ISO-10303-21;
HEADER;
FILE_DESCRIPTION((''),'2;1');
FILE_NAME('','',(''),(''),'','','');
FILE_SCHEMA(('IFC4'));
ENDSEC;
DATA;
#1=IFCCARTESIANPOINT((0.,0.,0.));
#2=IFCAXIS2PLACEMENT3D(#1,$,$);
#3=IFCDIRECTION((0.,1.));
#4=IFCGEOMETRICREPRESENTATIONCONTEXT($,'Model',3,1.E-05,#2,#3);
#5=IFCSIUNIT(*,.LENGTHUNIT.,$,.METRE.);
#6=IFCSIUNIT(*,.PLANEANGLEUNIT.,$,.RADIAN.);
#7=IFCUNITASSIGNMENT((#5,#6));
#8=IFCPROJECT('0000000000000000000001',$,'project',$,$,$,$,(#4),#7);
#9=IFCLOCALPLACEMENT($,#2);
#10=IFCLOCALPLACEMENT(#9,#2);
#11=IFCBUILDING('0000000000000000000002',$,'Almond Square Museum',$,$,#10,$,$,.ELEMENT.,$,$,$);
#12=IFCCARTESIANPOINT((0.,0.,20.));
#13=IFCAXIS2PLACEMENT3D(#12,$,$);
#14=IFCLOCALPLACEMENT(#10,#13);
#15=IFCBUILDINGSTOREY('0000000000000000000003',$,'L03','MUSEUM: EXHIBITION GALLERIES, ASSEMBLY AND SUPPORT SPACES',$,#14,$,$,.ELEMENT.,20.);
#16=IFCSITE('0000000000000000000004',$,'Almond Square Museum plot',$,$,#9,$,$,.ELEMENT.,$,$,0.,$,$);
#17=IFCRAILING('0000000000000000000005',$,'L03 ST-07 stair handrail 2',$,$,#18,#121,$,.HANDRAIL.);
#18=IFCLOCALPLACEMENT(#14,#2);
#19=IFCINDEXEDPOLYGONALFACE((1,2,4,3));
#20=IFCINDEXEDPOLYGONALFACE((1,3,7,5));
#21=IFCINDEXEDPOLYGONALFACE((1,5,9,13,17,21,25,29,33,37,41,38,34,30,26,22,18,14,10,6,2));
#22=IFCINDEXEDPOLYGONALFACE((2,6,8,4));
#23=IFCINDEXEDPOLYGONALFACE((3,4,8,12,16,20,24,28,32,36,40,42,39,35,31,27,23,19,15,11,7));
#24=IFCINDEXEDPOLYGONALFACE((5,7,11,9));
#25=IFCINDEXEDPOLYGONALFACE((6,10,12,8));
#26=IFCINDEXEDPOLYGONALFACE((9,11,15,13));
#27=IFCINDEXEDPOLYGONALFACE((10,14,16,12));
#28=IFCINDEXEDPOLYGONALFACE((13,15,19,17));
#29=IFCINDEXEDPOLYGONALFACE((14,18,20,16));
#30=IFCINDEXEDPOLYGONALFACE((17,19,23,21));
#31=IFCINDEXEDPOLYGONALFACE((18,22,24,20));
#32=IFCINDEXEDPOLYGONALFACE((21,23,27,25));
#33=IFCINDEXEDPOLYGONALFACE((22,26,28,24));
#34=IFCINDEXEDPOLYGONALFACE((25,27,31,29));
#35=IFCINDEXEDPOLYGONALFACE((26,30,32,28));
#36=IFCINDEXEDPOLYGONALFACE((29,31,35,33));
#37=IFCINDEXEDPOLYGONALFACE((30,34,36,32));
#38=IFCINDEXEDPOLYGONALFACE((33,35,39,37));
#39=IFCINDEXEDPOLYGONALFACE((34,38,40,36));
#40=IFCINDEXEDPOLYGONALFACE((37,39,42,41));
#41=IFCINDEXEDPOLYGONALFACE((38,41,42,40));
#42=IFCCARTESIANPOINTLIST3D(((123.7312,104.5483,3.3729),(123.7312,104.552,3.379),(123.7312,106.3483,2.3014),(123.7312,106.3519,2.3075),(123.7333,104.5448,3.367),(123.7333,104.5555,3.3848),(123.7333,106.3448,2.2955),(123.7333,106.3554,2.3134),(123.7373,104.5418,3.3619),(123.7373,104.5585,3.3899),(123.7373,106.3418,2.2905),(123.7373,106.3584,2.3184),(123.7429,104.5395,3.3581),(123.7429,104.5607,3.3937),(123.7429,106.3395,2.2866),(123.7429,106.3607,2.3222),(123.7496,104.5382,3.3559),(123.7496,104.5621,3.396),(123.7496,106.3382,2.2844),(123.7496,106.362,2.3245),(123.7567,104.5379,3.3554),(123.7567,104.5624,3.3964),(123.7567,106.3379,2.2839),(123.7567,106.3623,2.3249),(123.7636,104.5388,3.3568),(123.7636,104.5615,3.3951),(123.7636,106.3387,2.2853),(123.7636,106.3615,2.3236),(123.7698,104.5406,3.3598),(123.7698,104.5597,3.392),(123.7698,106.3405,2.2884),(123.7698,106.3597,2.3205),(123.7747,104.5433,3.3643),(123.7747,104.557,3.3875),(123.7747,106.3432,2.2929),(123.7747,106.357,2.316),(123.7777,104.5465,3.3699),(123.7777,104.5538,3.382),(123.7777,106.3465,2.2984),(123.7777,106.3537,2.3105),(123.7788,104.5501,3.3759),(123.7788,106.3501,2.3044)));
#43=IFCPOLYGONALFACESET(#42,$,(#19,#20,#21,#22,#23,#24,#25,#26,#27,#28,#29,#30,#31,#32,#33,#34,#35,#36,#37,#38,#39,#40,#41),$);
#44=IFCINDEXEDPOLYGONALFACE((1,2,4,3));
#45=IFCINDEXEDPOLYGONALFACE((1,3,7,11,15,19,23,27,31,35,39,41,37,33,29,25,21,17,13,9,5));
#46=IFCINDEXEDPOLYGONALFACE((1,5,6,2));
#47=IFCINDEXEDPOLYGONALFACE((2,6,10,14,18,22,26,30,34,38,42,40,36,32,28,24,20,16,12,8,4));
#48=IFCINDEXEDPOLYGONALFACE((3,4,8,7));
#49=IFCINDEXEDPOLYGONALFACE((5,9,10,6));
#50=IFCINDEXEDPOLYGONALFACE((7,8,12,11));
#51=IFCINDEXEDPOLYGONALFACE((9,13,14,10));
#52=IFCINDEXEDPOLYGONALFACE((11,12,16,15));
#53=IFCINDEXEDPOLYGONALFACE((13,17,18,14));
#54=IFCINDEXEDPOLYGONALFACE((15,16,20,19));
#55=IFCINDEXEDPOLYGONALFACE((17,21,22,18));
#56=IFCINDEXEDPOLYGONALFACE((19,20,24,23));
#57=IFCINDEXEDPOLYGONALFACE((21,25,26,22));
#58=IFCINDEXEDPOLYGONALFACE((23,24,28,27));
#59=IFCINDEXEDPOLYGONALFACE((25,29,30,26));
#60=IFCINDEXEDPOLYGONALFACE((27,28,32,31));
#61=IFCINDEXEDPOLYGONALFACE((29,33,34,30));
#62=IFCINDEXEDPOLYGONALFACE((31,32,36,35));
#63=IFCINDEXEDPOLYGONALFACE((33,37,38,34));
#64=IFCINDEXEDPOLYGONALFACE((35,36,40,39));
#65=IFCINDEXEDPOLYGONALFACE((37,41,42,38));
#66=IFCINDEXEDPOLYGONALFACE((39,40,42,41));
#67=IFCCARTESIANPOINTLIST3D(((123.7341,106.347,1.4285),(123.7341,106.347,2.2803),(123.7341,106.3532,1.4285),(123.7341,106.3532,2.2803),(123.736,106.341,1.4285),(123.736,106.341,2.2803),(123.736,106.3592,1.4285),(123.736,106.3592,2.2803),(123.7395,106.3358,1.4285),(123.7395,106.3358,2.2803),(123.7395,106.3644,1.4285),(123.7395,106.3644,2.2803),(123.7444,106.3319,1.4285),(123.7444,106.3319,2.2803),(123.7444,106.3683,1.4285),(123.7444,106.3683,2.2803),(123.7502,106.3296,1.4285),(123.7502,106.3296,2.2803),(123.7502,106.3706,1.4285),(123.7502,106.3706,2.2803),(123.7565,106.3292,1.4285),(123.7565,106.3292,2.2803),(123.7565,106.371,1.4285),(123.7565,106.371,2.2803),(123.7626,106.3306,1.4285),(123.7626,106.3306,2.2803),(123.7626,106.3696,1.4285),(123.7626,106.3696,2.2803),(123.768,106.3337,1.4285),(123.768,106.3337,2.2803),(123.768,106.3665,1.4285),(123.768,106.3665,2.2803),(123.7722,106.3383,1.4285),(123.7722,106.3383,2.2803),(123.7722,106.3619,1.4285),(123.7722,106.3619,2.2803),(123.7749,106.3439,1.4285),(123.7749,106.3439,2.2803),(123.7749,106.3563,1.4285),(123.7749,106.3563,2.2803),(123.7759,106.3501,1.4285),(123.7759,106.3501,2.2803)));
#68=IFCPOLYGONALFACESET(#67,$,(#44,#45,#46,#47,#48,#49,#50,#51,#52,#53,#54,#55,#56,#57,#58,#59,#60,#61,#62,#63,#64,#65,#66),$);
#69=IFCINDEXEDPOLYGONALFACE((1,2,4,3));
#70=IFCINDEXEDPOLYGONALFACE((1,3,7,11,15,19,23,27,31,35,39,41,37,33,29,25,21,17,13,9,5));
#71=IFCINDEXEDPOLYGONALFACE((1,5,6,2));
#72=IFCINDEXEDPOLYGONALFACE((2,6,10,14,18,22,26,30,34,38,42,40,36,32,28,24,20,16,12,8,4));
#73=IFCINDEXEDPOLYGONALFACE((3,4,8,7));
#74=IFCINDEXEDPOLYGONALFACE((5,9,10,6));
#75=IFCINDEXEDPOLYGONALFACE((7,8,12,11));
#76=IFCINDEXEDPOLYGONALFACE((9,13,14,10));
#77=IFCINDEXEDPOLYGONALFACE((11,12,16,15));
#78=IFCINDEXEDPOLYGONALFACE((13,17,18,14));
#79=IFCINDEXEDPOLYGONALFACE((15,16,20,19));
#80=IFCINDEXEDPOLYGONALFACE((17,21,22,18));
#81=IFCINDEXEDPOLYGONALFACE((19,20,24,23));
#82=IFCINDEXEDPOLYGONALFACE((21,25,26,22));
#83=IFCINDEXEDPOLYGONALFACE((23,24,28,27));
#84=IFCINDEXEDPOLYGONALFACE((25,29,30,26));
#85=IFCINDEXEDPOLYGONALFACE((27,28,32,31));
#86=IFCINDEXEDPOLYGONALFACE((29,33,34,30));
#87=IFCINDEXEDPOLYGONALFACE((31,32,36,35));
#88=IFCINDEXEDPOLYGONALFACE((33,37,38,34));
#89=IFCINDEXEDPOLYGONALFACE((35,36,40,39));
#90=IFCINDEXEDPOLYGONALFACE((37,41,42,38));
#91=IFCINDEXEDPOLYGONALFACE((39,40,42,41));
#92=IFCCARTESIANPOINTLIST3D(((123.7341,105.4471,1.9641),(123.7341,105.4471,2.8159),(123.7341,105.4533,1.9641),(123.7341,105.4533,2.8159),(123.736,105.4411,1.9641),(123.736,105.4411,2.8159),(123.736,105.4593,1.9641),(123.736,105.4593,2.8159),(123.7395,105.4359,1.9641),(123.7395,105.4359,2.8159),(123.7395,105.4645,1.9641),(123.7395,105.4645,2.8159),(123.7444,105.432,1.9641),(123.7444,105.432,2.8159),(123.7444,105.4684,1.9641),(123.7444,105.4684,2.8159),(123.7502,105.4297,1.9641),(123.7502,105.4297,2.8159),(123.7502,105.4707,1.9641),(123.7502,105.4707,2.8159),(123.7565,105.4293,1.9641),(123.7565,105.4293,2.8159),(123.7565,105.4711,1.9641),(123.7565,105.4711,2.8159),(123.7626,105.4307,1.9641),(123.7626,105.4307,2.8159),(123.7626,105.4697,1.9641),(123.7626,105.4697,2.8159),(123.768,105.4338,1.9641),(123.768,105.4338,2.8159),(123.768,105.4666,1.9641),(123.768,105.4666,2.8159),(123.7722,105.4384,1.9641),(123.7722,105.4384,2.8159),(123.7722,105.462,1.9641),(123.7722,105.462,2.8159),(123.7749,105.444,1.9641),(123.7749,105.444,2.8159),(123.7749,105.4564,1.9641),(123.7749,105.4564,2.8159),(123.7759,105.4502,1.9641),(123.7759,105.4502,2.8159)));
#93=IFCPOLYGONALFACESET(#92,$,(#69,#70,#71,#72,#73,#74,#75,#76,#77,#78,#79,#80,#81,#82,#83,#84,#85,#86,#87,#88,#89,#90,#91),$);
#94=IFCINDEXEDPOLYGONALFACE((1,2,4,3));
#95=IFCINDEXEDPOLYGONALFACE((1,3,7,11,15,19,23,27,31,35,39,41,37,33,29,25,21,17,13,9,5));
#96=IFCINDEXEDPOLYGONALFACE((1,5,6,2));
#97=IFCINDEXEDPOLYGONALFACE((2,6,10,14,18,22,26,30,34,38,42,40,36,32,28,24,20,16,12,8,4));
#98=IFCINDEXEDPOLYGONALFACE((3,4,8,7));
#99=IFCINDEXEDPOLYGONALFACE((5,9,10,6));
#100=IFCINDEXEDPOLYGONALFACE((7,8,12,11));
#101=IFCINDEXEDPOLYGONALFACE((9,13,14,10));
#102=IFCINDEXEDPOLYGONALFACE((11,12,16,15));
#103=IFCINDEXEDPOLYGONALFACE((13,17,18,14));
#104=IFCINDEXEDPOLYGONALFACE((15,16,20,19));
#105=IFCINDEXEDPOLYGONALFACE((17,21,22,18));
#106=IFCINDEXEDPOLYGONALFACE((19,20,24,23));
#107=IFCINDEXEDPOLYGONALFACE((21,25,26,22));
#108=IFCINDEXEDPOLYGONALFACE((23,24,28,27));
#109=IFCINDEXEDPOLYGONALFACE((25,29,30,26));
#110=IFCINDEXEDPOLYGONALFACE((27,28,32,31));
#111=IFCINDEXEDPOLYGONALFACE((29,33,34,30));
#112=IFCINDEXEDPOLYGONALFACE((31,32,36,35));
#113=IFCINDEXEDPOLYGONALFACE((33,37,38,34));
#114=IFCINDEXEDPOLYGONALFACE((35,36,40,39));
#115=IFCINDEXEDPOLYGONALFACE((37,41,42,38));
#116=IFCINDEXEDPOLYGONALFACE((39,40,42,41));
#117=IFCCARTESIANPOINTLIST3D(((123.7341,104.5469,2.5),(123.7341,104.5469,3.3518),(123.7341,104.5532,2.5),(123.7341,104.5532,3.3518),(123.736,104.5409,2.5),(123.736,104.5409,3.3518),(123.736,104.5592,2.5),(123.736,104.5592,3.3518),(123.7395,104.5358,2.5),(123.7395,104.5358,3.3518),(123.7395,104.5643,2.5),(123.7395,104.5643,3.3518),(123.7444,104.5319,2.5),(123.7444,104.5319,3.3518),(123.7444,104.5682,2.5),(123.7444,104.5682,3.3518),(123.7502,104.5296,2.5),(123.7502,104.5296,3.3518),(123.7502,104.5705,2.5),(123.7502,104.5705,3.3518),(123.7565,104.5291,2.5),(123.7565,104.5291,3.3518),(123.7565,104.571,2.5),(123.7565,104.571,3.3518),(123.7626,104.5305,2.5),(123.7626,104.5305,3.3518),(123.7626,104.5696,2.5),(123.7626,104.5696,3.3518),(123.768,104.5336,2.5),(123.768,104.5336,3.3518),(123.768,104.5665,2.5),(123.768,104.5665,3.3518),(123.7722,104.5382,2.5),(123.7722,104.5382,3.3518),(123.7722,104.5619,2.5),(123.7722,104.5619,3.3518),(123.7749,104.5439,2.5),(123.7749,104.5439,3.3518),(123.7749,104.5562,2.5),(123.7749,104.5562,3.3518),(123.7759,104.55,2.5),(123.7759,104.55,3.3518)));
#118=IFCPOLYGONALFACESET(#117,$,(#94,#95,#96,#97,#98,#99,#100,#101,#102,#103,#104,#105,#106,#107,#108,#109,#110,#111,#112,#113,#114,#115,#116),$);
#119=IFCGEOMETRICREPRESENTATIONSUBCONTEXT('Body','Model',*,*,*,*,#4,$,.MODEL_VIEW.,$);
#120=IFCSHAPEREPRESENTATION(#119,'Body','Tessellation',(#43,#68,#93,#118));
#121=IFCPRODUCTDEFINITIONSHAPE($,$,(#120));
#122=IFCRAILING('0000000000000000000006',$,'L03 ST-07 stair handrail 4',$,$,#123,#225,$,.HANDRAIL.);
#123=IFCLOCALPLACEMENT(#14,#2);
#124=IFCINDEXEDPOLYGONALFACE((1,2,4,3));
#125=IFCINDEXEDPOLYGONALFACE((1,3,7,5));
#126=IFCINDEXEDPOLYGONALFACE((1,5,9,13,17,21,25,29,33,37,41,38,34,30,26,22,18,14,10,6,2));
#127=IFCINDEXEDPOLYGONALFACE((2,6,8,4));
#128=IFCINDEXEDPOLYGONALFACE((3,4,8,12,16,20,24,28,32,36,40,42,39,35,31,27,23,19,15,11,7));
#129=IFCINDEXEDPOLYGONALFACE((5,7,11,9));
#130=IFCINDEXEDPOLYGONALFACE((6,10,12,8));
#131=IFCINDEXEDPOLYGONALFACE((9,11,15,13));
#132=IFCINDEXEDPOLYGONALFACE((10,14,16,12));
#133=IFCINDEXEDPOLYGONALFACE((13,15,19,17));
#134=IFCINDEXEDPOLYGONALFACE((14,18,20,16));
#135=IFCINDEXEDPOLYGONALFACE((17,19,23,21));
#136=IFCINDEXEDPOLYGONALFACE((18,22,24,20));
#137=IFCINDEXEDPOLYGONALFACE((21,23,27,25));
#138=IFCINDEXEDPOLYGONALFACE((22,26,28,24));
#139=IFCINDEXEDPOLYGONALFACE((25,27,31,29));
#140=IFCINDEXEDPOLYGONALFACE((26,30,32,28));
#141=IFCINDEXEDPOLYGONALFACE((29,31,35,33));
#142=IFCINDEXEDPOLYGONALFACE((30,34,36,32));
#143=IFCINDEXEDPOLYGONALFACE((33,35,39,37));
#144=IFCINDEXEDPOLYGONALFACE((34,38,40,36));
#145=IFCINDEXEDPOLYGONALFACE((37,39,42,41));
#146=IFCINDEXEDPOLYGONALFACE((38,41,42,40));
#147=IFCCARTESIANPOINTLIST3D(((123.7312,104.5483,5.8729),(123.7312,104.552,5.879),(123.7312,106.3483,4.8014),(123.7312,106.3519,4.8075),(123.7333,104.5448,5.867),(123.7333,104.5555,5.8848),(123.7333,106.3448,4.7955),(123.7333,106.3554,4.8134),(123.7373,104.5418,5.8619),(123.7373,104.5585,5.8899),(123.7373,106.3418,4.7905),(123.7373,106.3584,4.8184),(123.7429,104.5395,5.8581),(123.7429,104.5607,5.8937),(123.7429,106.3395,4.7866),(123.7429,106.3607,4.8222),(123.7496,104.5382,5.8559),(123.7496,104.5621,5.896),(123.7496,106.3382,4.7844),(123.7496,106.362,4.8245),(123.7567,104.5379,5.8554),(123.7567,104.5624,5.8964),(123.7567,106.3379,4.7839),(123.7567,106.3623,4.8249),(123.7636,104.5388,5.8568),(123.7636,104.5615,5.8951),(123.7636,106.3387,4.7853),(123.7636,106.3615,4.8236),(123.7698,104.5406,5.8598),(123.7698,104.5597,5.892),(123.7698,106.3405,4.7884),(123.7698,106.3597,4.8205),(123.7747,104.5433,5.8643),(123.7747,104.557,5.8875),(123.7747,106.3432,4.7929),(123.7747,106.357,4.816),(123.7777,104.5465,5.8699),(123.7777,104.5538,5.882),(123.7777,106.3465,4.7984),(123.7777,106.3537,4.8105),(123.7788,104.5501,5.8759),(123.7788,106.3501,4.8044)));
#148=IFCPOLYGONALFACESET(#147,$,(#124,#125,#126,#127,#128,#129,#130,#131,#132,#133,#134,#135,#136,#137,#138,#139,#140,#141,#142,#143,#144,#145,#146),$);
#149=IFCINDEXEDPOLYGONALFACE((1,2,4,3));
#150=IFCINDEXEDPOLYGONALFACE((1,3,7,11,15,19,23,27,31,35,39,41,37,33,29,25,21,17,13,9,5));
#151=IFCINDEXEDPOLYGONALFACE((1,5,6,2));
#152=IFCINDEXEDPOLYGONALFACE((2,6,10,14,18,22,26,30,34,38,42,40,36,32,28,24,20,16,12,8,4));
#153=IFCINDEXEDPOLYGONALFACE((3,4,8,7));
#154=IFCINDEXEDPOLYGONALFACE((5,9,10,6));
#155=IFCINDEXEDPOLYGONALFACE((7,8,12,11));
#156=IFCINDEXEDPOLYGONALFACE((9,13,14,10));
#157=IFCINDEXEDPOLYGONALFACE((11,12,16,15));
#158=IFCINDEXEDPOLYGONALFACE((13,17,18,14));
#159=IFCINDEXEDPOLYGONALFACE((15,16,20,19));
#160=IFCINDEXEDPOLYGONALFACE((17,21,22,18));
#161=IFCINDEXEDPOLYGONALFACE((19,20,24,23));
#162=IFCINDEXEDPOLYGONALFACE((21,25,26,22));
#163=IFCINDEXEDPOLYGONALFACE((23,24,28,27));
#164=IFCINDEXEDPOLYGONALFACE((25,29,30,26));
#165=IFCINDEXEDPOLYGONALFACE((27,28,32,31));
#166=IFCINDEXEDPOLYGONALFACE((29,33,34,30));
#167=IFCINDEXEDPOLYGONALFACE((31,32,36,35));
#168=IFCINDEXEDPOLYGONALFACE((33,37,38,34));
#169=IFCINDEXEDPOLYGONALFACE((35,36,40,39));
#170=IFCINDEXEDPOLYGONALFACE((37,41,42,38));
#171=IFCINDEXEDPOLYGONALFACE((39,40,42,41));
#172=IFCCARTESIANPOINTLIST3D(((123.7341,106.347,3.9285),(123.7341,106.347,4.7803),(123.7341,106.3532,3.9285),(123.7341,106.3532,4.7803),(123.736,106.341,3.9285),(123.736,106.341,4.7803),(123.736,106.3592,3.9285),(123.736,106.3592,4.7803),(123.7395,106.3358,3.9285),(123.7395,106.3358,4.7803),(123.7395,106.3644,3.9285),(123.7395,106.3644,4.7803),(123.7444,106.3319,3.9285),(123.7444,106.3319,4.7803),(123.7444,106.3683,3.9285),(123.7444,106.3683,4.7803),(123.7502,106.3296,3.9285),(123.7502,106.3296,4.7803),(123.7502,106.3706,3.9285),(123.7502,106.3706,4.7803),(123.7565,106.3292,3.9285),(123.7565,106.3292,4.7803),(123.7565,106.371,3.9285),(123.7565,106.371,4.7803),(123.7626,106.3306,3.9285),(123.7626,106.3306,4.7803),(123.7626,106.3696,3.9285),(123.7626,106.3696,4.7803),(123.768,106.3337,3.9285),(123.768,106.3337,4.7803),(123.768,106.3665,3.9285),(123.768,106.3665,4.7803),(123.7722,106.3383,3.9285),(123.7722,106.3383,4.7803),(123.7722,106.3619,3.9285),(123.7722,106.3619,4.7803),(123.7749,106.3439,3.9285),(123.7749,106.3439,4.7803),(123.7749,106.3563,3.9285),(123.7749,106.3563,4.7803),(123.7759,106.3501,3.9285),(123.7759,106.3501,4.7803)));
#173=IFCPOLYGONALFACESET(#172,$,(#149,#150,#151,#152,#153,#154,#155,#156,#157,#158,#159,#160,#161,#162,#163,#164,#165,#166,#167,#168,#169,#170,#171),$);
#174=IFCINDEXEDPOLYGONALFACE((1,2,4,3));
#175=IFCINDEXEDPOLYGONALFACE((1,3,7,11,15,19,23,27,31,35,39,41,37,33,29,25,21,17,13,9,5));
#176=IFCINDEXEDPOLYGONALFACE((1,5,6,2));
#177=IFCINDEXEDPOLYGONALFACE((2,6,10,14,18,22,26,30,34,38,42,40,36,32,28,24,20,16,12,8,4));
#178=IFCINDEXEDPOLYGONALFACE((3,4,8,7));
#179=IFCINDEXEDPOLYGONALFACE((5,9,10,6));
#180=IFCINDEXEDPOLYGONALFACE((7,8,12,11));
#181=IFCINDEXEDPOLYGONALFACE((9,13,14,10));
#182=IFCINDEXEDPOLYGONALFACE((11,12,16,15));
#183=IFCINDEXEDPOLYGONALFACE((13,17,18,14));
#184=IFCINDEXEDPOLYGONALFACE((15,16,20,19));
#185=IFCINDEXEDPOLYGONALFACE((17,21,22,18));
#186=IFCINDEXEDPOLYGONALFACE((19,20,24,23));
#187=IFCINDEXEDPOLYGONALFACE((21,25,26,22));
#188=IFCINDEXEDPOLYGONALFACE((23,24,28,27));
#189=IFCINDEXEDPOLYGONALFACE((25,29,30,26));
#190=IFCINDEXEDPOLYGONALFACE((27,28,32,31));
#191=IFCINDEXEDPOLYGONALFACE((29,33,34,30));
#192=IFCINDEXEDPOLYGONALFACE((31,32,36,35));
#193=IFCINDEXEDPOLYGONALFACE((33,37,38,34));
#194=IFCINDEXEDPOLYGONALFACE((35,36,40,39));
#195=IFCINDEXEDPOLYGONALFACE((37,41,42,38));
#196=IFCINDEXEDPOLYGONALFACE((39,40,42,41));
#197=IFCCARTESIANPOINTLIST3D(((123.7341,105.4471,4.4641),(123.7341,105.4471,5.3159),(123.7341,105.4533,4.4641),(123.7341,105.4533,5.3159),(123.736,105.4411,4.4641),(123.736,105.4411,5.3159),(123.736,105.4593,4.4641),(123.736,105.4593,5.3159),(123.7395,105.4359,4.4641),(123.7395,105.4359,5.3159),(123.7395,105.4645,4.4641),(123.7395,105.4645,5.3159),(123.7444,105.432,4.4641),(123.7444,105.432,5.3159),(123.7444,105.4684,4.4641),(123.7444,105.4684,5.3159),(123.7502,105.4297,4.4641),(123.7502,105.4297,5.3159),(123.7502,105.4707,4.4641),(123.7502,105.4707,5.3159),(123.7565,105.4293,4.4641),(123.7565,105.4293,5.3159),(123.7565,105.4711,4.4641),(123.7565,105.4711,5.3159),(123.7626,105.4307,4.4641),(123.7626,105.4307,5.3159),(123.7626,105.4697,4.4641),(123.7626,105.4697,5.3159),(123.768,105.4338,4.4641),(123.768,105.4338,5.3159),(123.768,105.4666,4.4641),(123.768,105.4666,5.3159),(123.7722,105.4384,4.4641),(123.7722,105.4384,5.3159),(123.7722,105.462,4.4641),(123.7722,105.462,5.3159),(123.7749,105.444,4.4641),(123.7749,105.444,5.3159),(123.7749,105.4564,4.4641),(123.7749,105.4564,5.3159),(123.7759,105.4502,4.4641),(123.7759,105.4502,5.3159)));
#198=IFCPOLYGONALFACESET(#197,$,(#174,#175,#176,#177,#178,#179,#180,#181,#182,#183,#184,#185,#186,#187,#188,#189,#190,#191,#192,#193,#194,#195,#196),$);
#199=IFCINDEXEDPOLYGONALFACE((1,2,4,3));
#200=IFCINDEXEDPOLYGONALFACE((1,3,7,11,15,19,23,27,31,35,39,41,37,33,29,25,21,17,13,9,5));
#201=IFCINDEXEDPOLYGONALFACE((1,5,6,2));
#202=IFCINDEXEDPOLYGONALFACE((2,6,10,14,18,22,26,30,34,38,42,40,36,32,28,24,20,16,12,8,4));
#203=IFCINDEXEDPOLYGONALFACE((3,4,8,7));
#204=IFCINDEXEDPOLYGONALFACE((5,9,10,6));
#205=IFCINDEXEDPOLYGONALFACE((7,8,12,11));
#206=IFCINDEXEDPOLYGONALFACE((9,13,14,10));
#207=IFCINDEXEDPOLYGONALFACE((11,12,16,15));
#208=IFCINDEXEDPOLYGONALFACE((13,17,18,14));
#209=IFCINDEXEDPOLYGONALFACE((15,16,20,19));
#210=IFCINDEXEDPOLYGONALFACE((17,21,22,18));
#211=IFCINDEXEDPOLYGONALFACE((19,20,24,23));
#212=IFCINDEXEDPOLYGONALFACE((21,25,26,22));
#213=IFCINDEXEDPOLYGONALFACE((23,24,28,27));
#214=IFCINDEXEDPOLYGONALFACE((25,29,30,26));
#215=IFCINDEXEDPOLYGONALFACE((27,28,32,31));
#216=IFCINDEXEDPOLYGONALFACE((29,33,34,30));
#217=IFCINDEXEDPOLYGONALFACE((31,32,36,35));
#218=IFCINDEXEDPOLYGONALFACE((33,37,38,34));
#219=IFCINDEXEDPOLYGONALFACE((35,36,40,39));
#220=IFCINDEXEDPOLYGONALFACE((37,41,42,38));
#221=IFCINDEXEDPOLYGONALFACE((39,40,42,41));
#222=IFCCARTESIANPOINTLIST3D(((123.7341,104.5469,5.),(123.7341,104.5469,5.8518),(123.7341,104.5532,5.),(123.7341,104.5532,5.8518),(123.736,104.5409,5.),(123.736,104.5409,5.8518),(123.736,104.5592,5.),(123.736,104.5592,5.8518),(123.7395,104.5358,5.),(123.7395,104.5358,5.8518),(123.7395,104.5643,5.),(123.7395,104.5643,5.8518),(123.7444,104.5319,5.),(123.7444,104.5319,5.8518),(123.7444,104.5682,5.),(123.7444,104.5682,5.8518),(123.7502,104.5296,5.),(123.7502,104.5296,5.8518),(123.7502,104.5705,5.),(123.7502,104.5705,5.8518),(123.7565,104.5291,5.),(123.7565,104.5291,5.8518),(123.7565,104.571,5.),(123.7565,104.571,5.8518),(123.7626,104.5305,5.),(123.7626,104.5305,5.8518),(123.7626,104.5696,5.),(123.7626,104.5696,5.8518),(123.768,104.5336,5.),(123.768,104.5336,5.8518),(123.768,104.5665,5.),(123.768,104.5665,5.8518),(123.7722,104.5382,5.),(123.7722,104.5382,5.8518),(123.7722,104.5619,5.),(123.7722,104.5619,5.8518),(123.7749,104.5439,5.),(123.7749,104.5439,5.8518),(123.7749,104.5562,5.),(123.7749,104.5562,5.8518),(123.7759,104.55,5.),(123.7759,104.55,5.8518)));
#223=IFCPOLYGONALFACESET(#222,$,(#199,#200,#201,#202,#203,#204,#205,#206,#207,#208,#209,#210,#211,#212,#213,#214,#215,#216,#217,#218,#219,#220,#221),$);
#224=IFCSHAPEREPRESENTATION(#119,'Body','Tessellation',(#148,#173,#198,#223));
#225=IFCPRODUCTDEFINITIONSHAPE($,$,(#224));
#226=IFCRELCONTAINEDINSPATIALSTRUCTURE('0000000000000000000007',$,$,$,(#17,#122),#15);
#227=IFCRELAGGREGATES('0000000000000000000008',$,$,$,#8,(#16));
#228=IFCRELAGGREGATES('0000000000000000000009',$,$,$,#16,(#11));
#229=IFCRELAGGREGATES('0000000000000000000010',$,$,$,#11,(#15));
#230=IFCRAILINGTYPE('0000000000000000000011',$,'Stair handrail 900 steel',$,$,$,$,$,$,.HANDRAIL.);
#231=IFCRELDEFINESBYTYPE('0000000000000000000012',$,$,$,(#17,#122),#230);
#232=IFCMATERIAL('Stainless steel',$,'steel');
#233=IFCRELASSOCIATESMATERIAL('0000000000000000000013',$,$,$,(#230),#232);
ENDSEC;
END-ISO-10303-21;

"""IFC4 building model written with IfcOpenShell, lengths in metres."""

from ifc_helpers import new_model, si_unit, direction, frame, origin, origin_2d, place, context, subcontext, project, spatial, circle, extrude, material, type_object, element, save


model = new_model("IFC4")

# Units and contexts
model_context = context("Model", 3, precision=1e-05, world=origin(), true_north=direction((0.0, 1.0)))
body_context = subcontext(model_context, "Body", "Model", "MODEL_VIEW")
ifc_project = project(units=[si_unit("LENGTHUNIT", "METRE"), si_unit("PLANEANGLEUNIT", "RADIAN")], contexts=[model_context])

# Site, building, storey
site_placement = place(None, origin())
site = spatial("IfcSite", under=ifc_project, at=site_placement, Name="Almond Square Museum plot", CompositionType="ELEMENT", RefElevation=0.0)
building_placement = place(site_placement, origin())
building = spatial("IfcBuilding", under=site, at=building_placement, Name="Almond Square Museum", CompositionType="ELEMENT")
storey_placement = place(building_placement, frame((0.0, 0.0, 20.0)))
storey = spatial("IfcBuildingStorey", under=building, at=storey_placement, Name="L03", Description="MUSEUM: EXHIBITION GALLERIES, ASSEMBLY AND SUPPORT SPACES", CompositionType="ELEMENT", Elevation=20.0)

# Railings
ifc_material_1 = material(Name="Stainless steel", Category="steel")
railing_type_1 = type_object("IfcRailingType", Name="Stair handrail 900 steel", PredefinedType="HANDRAIL", material=ifc_material_1)
for number, where, name in (
    (1, (123.7549, 106.3501, 1.4285), "L03 ST-07 stair handrail 2"),
    (2, (123.7549, 106.3501, 3.9285), "L03 ST-07 stair handrail 4"),
):
    element("IfcRailing", number, at=place(storey_placement, frame(where)), inside=storey, type_object=railing_type_1, Name=name, PredefinedType="HANDRAIL", context=body_context, shape_type="SweptSolid", body=[
        extrude(circle(Radius=0.0239, at=origin_2d()), frame((0.0, 0.0, 0.876), z_axis=(0.0, -0.859277, 0.51151), x_axis=(1.0, 0.0, 0.0)), (0.0, 0.0, 1.0), 2.0947),
        extrude(circle(Radius=0.021, at=origin_2d()), origin(), (0.0, 0.0, 1.0), 0.8518),
        extrude(circle(Radius=0.021, at=origin_2d()), frame((0.0, -0.8999, 0.5356)), (0.0, 0.0, 1.0), 0.8518),
        extrude(circle(Radius=0.021, at=origin_2d()), frame((0.0, -1.8, 1.0715)), (0.0, 0.0, 1.0), 0.8518),
    ])

save(model, "model.ifc")
